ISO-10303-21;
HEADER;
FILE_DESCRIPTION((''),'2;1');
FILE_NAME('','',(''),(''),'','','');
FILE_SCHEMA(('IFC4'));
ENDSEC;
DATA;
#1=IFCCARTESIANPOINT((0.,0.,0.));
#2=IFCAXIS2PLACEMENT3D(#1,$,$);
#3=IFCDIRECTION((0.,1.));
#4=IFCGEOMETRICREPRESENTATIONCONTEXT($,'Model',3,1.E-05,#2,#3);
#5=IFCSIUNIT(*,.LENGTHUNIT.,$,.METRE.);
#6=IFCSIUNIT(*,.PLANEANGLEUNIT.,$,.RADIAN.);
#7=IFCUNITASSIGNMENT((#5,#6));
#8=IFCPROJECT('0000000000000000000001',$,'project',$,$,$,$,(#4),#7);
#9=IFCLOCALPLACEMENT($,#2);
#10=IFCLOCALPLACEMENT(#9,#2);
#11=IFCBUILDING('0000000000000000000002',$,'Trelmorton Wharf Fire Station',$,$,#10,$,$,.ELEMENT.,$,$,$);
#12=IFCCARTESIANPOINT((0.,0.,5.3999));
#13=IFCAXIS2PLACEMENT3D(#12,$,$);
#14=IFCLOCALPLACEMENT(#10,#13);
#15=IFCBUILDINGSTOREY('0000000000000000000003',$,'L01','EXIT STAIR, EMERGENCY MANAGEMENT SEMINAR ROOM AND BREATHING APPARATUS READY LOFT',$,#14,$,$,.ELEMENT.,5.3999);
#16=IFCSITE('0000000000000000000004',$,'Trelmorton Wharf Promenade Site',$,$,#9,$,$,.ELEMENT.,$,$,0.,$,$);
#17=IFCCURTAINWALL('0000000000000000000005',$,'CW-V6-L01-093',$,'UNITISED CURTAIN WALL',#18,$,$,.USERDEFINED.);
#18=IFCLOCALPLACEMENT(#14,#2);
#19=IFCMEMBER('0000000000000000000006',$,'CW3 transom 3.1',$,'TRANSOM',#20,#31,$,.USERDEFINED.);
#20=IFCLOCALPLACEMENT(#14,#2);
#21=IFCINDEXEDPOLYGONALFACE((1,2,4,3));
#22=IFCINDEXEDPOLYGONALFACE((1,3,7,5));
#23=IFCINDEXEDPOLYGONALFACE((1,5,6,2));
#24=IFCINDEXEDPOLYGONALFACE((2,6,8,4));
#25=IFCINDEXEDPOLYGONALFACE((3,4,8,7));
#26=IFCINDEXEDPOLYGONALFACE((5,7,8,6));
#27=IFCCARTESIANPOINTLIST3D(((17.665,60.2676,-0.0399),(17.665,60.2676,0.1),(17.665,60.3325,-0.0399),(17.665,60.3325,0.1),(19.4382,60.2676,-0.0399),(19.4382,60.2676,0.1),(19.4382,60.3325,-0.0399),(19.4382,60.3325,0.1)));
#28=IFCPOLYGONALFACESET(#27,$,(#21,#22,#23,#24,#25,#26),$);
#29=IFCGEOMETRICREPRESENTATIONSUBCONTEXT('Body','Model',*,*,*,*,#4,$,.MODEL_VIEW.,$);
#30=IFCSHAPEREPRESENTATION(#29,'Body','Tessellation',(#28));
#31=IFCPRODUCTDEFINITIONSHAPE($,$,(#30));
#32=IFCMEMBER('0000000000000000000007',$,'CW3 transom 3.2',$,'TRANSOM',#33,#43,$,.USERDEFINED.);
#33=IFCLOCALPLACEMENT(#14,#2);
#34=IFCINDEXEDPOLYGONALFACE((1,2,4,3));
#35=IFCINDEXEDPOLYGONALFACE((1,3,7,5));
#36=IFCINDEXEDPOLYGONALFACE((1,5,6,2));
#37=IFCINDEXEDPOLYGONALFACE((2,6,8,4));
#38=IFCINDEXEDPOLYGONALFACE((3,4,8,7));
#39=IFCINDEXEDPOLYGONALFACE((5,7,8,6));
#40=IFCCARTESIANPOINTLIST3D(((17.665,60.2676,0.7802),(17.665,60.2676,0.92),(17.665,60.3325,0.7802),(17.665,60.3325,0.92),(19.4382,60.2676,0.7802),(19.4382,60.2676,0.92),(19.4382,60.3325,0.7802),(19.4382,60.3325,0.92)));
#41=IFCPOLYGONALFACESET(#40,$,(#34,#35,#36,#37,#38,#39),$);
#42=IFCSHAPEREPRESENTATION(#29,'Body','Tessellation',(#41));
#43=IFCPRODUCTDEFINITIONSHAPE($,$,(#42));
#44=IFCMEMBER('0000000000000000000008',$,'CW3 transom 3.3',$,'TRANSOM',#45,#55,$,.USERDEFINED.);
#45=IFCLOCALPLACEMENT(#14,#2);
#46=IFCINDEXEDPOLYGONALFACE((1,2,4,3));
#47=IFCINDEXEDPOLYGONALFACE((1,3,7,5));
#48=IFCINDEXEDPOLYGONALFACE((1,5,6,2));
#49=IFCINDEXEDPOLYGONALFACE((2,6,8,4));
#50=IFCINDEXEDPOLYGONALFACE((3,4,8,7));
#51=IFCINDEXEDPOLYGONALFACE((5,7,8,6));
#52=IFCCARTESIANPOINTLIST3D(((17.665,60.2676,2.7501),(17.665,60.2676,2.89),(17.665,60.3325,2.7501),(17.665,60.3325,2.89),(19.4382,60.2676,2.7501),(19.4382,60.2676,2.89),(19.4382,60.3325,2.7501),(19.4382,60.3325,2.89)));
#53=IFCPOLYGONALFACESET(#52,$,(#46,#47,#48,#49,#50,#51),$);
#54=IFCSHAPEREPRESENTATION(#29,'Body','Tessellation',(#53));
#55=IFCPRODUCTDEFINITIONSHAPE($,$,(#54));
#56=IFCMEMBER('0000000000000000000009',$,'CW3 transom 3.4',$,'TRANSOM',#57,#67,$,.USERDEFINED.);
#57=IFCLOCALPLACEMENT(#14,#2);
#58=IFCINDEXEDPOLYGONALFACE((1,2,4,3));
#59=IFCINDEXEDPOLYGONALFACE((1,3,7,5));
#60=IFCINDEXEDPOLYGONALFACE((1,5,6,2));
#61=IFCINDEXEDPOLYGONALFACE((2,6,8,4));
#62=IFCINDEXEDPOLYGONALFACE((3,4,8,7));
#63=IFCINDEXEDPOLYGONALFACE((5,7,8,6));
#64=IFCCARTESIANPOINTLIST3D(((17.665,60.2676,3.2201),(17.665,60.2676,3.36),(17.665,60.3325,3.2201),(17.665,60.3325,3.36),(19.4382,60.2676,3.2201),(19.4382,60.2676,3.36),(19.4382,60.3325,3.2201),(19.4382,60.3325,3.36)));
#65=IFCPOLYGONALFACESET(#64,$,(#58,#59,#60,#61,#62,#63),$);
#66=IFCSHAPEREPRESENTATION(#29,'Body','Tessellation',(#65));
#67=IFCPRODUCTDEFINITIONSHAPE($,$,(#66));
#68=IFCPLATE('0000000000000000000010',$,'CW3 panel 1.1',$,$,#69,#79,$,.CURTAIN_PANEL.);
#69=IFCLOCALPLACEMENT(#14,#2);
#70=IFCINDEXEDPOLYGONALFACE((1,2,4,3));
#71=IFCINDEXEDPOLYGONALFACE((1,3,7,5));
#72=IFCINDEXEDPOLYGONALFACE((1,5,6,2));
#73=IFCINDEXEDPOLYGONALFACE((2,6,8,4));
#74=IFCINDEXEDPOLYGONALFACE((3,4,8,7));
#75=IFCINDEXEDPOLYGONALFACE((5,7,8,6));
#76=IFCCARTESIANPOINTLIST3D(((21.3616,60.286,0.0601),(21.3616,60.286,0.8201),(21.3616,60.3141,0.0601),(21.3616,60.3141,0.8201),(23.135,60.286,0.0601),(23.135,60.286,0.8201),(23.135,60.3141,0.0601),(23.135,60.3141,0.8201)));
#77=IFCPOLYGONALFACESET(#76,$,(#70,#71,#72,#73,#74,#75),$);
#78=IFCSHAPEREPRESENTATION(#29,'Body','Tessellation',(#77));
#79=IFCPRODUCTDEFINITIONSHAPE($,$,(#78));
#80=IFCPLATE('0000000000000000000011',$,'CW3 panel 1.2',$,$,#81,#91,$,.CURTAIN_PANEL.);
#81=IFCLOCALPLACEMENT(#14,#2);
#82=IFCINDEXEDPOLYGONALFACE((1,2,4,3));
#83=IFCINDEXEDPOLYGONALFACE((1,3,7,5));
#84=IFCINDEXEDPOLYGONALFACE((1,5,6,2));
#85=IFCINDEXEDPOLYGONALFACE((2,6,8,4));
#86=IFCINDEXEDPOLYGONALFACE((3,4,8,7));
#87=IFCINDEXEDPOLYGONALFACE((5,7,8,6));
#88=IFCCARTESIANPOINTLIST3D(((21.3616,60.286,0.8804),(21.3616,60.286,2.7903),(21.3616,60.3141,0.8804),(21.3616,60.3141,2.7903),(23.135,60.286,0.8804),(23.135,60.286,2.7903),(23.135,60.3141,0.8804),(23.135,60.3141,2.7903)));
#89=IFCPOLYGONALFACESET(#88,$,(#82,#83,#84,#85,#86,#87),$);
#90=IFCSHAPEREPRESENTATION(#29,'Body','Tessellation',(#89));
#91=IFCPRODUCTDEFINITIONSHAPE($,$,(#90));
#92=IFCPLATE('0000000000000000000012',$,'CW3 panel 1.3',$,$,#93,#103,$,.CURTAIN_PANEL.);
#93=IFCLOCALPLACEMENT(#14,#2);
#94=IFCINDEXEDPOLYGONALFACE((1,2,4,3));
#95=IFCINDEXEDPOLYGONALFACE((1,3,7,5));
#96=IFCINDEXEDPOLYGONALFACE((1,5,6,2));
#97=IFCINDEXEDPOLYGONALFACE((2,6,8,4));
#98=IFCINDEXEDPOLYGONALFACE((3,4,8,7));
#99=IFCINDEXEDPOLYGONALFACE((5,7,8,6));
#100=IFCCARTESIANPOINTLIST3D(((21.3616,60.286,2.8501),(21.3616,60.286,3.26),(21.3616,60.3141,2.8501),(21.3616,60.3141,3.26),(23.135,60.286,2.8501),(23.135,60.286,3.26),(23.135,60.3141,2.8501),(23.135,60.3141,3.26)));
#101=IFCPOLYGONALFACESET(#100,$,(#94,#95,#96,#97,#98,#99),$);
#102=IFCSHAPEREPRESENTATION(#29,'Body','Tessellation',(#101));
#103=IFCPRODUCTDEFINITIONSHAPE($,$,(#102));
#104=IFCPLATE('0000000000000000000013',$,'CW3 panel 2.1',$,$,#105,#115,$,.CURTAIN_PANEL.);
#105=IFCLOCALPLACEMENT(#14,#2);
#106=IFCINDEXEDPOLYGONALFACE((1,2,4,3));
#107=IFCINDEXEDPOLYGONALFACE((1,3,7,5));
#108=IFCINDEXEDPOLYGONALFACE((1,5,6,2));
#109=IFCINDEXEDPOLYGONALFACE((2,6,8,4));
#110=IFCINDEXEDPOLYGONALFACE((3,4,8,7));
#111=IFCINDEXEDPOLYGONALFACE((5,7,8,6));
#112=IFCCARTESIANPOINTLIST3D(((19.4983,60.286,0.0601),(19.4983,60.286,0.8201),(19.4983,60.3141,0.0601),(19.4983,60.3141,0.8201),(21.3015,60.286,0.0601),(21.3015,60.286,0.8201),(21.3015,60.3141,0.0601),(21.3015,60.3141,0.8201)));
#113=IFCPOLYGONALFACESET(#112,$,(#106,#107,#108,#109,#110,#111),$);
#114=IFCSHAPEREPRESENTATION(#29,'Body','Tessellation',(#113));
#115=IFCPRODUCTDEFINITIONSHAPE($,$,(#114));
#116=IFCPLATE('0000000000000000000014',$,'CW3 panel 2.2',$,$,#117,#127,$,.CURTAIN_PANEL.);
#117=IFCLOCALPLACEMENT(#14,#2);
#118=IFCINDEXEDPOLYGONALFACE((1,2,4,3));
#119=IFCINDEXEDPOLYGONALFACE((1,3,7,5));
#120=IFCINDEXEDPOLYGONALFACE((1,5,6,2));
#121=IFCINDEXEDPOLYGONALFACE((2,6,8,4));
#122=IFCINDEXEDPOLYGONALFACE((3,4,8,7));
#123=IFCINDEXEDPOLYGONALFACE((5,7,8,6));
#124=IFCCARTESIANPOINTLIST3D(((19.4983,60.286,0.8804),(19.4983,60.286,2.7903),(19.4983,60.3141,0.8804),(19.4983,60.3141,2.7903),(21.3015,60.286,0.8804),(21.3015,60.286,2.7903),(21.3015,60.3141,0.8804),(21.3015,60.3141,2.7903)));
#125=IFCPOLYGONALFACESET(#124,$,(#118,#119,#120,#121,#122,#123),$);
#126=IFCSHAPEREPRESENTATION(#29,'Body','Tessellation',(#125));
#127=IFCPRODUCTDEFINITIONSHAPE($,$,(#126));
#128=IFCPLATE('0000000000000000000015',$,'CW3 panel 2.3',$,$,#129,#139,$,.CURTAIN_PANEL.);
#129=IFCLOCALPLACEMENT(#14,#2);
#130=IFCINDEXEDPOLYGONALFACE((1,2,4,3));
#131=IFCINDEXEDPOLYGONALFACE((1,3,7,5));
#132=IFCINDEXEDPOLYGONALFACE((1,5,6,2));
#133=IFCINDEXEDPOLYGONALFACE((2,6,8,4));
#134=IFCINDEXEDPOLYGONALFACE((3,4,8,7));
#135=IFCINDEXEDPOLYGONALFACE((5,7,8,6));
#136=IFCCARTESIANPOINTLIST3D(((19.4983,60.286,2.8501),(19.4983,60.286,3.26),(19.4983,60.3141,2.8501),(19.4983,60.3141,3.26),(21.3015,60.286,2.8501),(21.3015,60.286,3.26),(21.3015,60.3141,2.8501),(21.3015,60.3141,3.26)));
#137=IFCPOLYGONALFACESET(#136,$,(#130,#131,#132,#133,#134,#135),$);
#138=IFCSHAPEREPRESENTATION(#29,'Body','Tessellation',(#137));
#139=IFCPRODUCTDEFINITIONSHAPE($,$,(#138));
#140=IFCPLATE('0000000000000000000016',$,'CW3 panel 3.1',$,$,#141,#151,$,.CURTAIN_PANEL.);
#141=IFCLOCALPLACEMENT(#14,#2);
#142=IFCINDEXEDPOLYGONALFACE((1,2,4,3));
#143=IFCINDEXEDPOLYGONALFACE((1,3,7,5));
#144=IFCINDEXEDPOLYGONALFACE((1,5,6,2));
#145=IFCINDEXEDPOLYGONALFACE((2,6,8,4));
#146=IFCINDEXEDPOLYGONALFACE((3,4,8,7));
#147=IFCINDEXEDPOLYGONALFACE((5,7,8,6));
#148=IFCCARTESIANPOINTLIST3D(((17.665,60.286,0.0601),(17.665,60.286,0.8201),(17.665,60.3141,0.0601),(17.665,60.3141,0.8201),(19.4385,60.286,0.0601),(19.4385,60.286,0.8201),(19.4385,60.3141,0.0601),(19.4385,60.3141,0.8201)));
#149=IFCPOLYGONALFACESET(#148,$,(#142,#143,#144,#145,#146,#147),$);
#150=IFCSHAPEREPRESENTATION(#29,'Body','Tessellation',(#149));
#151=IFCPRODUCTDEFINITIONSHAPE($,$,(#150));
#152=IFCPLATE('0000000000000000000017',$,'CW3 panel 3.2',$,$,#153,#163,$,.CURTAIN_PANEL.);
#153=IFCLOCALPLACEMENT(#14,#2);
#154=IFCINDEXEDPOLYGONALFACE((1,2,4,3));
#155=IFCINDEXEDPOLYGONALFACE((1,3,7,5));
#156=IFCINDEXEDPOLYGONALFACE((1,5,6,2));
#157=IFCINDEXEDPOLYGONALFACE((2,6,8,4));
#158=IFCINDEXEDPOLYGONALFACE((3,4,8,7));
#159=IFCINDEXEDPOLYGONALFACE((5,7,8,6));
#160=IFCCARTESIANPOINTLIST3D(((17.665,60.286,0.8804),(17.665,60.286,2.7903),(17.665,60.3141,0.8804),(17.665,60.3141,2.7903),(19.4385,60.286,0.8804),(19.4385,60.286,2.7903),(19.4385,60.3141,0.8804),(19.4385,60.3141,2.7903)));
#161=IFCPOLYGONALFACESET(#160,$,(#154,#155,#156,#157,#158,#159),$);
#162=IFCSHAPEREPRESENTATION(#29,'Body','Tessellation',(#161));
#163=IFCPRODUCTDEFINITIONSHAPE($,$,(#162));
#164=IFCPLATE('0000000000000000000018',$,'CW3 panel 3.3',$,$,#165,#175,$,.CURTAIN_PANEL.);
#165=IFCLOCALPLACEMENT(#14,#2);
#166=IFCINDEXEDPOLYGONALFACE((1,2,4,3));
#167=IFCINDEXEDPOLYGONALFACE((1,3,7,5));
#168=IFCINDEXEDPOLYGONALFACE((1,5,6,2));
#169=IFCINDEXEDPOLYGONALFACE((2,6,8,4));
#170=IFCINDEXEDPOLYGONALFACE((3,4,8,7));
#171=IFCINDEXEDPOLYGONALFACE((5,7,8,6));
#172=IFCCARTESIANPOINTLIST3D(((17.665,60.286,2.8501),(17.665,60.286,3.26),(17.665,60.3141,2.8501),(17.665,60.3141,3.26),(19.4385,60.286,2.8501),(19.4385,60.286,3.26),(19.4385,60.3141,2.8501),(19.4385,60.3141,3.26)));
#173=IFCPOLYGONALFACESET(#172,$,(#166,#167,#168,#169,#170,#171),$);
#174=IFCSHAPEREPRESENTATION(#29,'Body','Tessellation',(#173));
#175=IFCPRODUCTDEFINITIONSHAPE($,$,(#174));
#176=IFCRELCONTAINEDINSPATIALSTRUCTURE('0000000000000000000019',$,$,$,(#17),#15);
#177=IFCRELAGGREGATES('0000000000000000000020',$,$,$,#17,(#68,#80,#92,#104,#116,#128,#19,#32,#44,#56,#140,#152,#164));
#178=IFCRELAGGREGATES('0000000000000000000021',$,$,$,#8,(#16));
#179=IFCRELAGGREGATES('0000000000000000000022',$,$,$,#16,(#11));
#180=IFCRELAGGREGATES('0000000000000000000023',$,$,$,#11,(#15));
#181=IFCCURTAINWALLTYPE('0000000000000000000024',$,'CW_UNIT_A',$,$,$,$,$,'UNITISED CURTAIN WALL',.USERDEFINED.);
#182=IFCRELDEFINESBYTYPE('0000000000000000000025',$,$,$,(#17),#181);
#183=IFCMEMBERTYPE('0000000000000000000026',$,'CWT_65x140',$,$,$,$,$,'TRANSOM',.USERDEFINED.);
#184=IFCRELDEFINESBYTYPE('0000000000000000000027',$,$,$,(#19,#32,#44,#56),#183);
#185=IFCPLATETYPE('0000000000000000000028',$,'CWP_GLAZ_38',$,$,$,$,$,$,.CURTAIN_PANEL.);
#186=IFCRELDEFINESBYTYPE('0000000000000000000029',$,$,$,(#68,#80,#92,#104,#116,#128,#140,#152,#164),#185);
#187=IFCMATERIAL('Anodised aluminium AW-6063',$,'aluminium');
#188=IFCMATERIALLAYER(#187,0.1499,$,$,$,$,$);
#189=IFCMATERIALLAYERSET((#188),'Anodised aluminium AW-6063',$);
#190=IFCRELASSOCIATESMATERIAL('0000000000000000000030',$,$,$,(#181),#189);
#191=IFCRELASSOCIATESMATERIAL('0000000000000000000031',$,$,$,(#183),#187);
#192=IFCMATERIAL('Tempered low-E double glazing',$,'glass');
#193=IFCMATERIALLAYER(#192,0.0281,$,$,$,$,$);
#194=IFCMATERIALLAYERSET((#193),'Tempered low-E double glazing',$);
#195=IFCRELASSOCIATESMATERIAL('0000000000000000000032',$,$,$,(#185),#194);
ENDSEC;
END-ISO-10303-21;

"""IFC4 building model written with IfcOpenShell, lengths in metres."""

from ifc_helpers import new_model, si_unit, direction, frame, origin, origin_2d, place, context, subcontext, project, spatial, rectangle, extrude, material, layer, layer_set, material_profile, profile_set, type_object, element, aggregate, save


model = new_model("IFC4")

# Units and contexts
model_context = context("Model", 3, precision=1e-05, world=origin(), true_north=direction((0.0, 1.0)))
body_context = subcontext(model_context, "Body", "Model", "MODEL_VIEW")
ifc_project = project(units=[si_unit("LENGTHUNIT", "METRE"), si_unit("PLANEANGLEUNIT", "RADIAN")], contexts=[model_context])

# Site, building, storey
site_placement = place(None, origin())
site = spatial("IfcSite", under=ifc_project, at=site_placement, Name="Trelmorton Wharf Promenade Site", CompositionType="ELEMENT", RefElevation=0.0)
building_placement = place(site_placement, origin())
building = spatial("IfcBuilding", under=site, at=building_placement, Name="Trelmorton Wharf Fire Station", CompositionType="ELEMENT")
storey_placement = place(building_placement, frame((0.0, 0.0, 5.3999)))
storey = spatial("IfcBuildingStorey", under=building, at=storey_placement, Name="L01", Description="EXIT STAIR, EMERGENCY MANAGEMENT SEMINAR ROOM AND BREATHING APPARATUS READY LOFT", CompositionType="ELEMENT", Elevation=5.3999)

# Curtain wall, members, plates
ifc_material_1 = material(Name="Anodised aluminium AW-6063", Category="aluminium")
ifc_layer_1 = layer(ifc_material_1, 0.1499)
ifc_layer_set_1 = layer_set([ifc_layer_1], Name="Anodised aluminium AW-6063")
curtain_wall_type = type_object("IfcCurtainWallType", Name="CW_UNIT_A", ElementType="UNITISED CURTAIN WALL", PredefinedType="USERDEFINED", material=ifc_layer_set_1)
curtain_wall_placement = place(storey_placement, origin())
curtain_wall = element("IfcCurtainWall", 1, at=curtain_wall_placement, inside=storey, type_object=curtain_wall_type, Name="CW-V6-L01-093", ObjectType="UNITISED CURTAIN WALL", PredefinedType="USERDEFINED")
ifc_material_profile_1 = material_profile(ifc_material_1, rectangle(XDim=0.0649, YDim=0.1399, at=origin_2d()), Name="ALU-65x140")
ifc_profile_set_1 = profile_set([ifc_material_profile_1], Name="Anodised aluminium AW-6063")
member_type_1 = type_object("IfcMemberType", Name="CWT_65x140", ElementType="TRANSOM", PredefinedType="USERDEFINED", material=ifc_profile_set_1)
member_1_placement = place(storey_placement, frame((19.4382, 60.3, 0.03), z_axis=(-1.0, 0.0, 0.0), x_axis=(0.0, -1.0, 0.0)))
member_1 = element("IfcMember", 2, at=member_1_placement, type_object=member_type_1, Name="CW3 transom 3.1", ObjectType="TRANSOM", PredefinedType="USERDEFINED", context=body_context, shape_type="SweptSolid", body=[
    extrude(rectangle(XDim=0.0649, YDim=0.1399, at=origin_2d()), origin(), (0.0, 0.0, 1.0), 1.7732),
])
member_2_placement = place(storey_placement, frame((19.4382, 60.3, 0.8501), z_axis=(-1.0, 0.0, 0.0), x_axis=(0.0, -1.0, 0.0)))
member_2 = element("IfcMember", 3, at=member_2_placement, type_object=member_type_1, Name="CW3 transom 3.2", ObjectType="TRANSOM", PredefinedType="USERDEFINED", context=body_context, shape_type="SweptSolid", body=[
    extrude(rectangle(XDim=0.0649, YDim=0.1399, at=origin_2d()), origin(), (0.0, 0.0, 1.0), 1.7732),
])
member_3_placement = place(storey_placement, frame((19.4382, 60.3, 2.8201), z_axis=(-1.0, 0.0, 0.0), x_axis=(0.0, -1.0, 0.0)))
member_3 = element("IfcMember", 4, at=member_3_placement, type_object=member_type_1, Name="CW3 transom 3.3", ObjectType="TRANSOM", PredefinedType="USERDEFINED", context=body_context, shape_type="SweptSolid", body=[
    extrude(rectangle(XDim=0.0649, YDim=0.1399, at=origin_2d()), origin(), (0.0, 0.0, 1.0), 1.7732),
])
member_4_placement = place(storey_placement, frame((19.4382, 60.3, 3.29), z_axis=(-1.0, 0.0, 0.0), x_axis=(0.0, -1.0, 0.0)))
member_4 = element("IfcMember", 5, at=member_4_placement, type_object=member_type_1, Name="CW3 transom 3.4", ObjectType="TRANSOM", PredefinedType="USERDEFINED", context=body_context, shape_type="SweptSolid", body=[
    extrude(rectangle(XDim=0.0649, YDim=0.1399, at=origin_2d()), origin(), (0.0, 0.0, 1.0), 1.7732),
])
ifc_material_2 = material(Name="Tempered low-E double glazing", Category="glass")
ifc_layer_2 = layer(ifc_material_2, 0.0281)
ifc_layer_set_2 = layer_set([ifc_layer_2], Name="Tempered low-E double glazing")
plate_type = type_object("IfcPlateType", Name="CWP_GLAZ_38", PredefinedType="CURTAIN_PANEL", material=ifc_layer_set_2)
plate_1_placement = place(storey_placement, frame((22.2483, 60.3, 0.0601), z_axis=(0.0, 0.0, 1.0), x_axis=(-1.0, 0.0, 0.0)))
plate_1 = element("IfcPlate", 6, at=plate_1_placement, type_object=plate_type, Name="CW3 panel 1.1", PredefinedType="CURTAIN_PANEL", context=body_context, shape_type="SweptSolid", body=[
    extrude(rectangle(XDim=1.7734, YDim=0.0281, at=origin_2d()), origin(), (0.0, 0.0, 1.0), 0.76),
])
plate_2_placement = place(storey_placement, frame((22.2483, 60.3, 0.8804), z_axis=(0.0, 0.0, 1.0), x_axis=(-1.0, 0.0, 0.0)))
plate_2 = element("IfcPlate", 7, at=plate_2_placement, type_object=plate_type, Name="CW3 panel 1.2", PredefinedType="CURTAIN_PANEL", context=body_context, shape_type="SweptSolid", body=[
    extrude(rectangle(XDim=1.7734, YDim=0.0281, at=origin_2d()), origin(), (0.0, 0.0, 1.0), 1.9099),
])
plate_3_placement = place(storey_placement, frame((22.2483, 60.3, 2.8501), z_axis=(0.0, 0.0, 1.0), x_axis=(-1.0, 0.0, 0.0)))
plate_3 = element("IfcPlate", 8, at=plate_3_placement, type_object=plate_type, Name="CW3 panel 1.3", PredefinedType="CURTAIN_PANEL", context=body_context, shape_type="SweptSolid", body=[
    extrude(rectangle(XDim=1.7734, YDim=0.0281, at=origin_2d()), origin(), (0.0, 0.0, 1.0), 0.4099),
])
plate_4_placement = place(storey_placement, frame((20.3999, 60.3, 0.0601), z_axis=(0.0, 0.0, 1.0), x_axis=(-1.0, 0.0, 0.0)))
plate_4 = element("IfcPlate", 9, at=plate_4_placement, type_object=plate_type, Name="CW3 panel 2.1", PredefinedType="CURTAIN_PANEL", context=body_context, shape_type="SweptSolid", body=[
    extrude(rectangle(XDim=1.8032, YDim=0.0281, at=origin_2d()), origin(), (0.0, 0.0, 1.0), 0.76),
])
plate_5_placement = place(storey_placement, frame((20.3999, 60.3, 0.8804), z_axis=(0.0, 0.0, 1.0), x_axis=(-1.0, 0.0, 0.0)))
plate_5 = element("IfcPlate", 10, at=plate_5_placement, type_object=plate_type, Name="CW3 panel 2.2", PredefinedType="CURTAIN_PANEL", context=body_context, shape_type="SweptSolid", body=[
    extrude(rectangle(XDim=1.8032, YDim=0.0281, at=origin_2d()), origin(), (0.0, 0.0, 1.0), 1.9099),
])
plate_6_placement = place(storey_placement, frame((20.3999, 60.3, 2.8501), z_axis=(0.0, 0.0, 1.0), x_axis=(-1.0, 0.0, 0.0)))
plate_6 = element("IfcPlate", 11, at=plate_6_placement, type_object=plate_type, Name="CW3 panel 2.3", PredefinedType="CURTAIN_PANEL", context=body_context, shape_type="SweptSolid", body=[
    extrude(rectangle(XDim=1.8032, YDim=0.0281, at=origin_2d()), origin(), (0.0, 0.0, 1.0), 0.4099),
])
plate_7_placement = place(storey_placement, frame((18.5518, 60.3, 0.0601), z_axis=(0.0, 0.0, 1.0), x_axis=(-1.0, 0.0, 0.0)))
plate_7 = element("IfcPlate", 12, at=plate_7_placement, type_object=plate_type, Name="CW3 panel 3.1", PredefinedType="CURTAIN_PANEL", context=body_context, shape_type="SweptSolid", body=[
    extrude(rectangle(XDim=1.7734, YDim=0.0281, at=origin_2d()), origin(), (0.0, 0.0, 1.0), 0.76),
])
plate_8_placement = place(storey_placement, frame((18.5518, 60.3, 0.8804), z_axis=(0.0, 0.0, 1.0), x_axis=(-1.0, 0.0, 0.0)))
plate_8 = element("IfcPlate", 13, at=plate_8_placement, type_object=plate_type, Name="CW3 panel 3.2", PredefinedType="CURTAIN_PANEL", context=body_context, shape_type="SweptSolid", body=[
    extrude(rectangle(XDim=1.7734, YDim=0.0281, at=origin_2d()), origin(), (0.0, 0.0, 1.0), 1.9099),
])
plate_9_placement = place(storey_placement, frame((18.5518, 60.3, 2.8501), z_axis=(0.0, 0.0, 1.0), x_axis=(-1.0, 0.0, 0.0)))
plate_9 = element("IfcPlate", 14, at=plate_9_placement, type_object=plate_type, Name="CW3 panel 3.3", PredefinedType="CURTAIN_PANEL", context=body_context, shape_type="SweptSolid", body=[
    extrude(rectangle(XDim=1.7734, YDim=0.0281, at=origin_2d()), origin(), (0.0, 0.0, 1.0), 0.4099),
])
aggregate(curtain_wall, [plate_1, plate_2, plate_3, plate_4, plate_5, plate_6, member_1, member_2, member_3, member_4, plate_7, plate_8, plate_9])

save(model, "model.ifc")
